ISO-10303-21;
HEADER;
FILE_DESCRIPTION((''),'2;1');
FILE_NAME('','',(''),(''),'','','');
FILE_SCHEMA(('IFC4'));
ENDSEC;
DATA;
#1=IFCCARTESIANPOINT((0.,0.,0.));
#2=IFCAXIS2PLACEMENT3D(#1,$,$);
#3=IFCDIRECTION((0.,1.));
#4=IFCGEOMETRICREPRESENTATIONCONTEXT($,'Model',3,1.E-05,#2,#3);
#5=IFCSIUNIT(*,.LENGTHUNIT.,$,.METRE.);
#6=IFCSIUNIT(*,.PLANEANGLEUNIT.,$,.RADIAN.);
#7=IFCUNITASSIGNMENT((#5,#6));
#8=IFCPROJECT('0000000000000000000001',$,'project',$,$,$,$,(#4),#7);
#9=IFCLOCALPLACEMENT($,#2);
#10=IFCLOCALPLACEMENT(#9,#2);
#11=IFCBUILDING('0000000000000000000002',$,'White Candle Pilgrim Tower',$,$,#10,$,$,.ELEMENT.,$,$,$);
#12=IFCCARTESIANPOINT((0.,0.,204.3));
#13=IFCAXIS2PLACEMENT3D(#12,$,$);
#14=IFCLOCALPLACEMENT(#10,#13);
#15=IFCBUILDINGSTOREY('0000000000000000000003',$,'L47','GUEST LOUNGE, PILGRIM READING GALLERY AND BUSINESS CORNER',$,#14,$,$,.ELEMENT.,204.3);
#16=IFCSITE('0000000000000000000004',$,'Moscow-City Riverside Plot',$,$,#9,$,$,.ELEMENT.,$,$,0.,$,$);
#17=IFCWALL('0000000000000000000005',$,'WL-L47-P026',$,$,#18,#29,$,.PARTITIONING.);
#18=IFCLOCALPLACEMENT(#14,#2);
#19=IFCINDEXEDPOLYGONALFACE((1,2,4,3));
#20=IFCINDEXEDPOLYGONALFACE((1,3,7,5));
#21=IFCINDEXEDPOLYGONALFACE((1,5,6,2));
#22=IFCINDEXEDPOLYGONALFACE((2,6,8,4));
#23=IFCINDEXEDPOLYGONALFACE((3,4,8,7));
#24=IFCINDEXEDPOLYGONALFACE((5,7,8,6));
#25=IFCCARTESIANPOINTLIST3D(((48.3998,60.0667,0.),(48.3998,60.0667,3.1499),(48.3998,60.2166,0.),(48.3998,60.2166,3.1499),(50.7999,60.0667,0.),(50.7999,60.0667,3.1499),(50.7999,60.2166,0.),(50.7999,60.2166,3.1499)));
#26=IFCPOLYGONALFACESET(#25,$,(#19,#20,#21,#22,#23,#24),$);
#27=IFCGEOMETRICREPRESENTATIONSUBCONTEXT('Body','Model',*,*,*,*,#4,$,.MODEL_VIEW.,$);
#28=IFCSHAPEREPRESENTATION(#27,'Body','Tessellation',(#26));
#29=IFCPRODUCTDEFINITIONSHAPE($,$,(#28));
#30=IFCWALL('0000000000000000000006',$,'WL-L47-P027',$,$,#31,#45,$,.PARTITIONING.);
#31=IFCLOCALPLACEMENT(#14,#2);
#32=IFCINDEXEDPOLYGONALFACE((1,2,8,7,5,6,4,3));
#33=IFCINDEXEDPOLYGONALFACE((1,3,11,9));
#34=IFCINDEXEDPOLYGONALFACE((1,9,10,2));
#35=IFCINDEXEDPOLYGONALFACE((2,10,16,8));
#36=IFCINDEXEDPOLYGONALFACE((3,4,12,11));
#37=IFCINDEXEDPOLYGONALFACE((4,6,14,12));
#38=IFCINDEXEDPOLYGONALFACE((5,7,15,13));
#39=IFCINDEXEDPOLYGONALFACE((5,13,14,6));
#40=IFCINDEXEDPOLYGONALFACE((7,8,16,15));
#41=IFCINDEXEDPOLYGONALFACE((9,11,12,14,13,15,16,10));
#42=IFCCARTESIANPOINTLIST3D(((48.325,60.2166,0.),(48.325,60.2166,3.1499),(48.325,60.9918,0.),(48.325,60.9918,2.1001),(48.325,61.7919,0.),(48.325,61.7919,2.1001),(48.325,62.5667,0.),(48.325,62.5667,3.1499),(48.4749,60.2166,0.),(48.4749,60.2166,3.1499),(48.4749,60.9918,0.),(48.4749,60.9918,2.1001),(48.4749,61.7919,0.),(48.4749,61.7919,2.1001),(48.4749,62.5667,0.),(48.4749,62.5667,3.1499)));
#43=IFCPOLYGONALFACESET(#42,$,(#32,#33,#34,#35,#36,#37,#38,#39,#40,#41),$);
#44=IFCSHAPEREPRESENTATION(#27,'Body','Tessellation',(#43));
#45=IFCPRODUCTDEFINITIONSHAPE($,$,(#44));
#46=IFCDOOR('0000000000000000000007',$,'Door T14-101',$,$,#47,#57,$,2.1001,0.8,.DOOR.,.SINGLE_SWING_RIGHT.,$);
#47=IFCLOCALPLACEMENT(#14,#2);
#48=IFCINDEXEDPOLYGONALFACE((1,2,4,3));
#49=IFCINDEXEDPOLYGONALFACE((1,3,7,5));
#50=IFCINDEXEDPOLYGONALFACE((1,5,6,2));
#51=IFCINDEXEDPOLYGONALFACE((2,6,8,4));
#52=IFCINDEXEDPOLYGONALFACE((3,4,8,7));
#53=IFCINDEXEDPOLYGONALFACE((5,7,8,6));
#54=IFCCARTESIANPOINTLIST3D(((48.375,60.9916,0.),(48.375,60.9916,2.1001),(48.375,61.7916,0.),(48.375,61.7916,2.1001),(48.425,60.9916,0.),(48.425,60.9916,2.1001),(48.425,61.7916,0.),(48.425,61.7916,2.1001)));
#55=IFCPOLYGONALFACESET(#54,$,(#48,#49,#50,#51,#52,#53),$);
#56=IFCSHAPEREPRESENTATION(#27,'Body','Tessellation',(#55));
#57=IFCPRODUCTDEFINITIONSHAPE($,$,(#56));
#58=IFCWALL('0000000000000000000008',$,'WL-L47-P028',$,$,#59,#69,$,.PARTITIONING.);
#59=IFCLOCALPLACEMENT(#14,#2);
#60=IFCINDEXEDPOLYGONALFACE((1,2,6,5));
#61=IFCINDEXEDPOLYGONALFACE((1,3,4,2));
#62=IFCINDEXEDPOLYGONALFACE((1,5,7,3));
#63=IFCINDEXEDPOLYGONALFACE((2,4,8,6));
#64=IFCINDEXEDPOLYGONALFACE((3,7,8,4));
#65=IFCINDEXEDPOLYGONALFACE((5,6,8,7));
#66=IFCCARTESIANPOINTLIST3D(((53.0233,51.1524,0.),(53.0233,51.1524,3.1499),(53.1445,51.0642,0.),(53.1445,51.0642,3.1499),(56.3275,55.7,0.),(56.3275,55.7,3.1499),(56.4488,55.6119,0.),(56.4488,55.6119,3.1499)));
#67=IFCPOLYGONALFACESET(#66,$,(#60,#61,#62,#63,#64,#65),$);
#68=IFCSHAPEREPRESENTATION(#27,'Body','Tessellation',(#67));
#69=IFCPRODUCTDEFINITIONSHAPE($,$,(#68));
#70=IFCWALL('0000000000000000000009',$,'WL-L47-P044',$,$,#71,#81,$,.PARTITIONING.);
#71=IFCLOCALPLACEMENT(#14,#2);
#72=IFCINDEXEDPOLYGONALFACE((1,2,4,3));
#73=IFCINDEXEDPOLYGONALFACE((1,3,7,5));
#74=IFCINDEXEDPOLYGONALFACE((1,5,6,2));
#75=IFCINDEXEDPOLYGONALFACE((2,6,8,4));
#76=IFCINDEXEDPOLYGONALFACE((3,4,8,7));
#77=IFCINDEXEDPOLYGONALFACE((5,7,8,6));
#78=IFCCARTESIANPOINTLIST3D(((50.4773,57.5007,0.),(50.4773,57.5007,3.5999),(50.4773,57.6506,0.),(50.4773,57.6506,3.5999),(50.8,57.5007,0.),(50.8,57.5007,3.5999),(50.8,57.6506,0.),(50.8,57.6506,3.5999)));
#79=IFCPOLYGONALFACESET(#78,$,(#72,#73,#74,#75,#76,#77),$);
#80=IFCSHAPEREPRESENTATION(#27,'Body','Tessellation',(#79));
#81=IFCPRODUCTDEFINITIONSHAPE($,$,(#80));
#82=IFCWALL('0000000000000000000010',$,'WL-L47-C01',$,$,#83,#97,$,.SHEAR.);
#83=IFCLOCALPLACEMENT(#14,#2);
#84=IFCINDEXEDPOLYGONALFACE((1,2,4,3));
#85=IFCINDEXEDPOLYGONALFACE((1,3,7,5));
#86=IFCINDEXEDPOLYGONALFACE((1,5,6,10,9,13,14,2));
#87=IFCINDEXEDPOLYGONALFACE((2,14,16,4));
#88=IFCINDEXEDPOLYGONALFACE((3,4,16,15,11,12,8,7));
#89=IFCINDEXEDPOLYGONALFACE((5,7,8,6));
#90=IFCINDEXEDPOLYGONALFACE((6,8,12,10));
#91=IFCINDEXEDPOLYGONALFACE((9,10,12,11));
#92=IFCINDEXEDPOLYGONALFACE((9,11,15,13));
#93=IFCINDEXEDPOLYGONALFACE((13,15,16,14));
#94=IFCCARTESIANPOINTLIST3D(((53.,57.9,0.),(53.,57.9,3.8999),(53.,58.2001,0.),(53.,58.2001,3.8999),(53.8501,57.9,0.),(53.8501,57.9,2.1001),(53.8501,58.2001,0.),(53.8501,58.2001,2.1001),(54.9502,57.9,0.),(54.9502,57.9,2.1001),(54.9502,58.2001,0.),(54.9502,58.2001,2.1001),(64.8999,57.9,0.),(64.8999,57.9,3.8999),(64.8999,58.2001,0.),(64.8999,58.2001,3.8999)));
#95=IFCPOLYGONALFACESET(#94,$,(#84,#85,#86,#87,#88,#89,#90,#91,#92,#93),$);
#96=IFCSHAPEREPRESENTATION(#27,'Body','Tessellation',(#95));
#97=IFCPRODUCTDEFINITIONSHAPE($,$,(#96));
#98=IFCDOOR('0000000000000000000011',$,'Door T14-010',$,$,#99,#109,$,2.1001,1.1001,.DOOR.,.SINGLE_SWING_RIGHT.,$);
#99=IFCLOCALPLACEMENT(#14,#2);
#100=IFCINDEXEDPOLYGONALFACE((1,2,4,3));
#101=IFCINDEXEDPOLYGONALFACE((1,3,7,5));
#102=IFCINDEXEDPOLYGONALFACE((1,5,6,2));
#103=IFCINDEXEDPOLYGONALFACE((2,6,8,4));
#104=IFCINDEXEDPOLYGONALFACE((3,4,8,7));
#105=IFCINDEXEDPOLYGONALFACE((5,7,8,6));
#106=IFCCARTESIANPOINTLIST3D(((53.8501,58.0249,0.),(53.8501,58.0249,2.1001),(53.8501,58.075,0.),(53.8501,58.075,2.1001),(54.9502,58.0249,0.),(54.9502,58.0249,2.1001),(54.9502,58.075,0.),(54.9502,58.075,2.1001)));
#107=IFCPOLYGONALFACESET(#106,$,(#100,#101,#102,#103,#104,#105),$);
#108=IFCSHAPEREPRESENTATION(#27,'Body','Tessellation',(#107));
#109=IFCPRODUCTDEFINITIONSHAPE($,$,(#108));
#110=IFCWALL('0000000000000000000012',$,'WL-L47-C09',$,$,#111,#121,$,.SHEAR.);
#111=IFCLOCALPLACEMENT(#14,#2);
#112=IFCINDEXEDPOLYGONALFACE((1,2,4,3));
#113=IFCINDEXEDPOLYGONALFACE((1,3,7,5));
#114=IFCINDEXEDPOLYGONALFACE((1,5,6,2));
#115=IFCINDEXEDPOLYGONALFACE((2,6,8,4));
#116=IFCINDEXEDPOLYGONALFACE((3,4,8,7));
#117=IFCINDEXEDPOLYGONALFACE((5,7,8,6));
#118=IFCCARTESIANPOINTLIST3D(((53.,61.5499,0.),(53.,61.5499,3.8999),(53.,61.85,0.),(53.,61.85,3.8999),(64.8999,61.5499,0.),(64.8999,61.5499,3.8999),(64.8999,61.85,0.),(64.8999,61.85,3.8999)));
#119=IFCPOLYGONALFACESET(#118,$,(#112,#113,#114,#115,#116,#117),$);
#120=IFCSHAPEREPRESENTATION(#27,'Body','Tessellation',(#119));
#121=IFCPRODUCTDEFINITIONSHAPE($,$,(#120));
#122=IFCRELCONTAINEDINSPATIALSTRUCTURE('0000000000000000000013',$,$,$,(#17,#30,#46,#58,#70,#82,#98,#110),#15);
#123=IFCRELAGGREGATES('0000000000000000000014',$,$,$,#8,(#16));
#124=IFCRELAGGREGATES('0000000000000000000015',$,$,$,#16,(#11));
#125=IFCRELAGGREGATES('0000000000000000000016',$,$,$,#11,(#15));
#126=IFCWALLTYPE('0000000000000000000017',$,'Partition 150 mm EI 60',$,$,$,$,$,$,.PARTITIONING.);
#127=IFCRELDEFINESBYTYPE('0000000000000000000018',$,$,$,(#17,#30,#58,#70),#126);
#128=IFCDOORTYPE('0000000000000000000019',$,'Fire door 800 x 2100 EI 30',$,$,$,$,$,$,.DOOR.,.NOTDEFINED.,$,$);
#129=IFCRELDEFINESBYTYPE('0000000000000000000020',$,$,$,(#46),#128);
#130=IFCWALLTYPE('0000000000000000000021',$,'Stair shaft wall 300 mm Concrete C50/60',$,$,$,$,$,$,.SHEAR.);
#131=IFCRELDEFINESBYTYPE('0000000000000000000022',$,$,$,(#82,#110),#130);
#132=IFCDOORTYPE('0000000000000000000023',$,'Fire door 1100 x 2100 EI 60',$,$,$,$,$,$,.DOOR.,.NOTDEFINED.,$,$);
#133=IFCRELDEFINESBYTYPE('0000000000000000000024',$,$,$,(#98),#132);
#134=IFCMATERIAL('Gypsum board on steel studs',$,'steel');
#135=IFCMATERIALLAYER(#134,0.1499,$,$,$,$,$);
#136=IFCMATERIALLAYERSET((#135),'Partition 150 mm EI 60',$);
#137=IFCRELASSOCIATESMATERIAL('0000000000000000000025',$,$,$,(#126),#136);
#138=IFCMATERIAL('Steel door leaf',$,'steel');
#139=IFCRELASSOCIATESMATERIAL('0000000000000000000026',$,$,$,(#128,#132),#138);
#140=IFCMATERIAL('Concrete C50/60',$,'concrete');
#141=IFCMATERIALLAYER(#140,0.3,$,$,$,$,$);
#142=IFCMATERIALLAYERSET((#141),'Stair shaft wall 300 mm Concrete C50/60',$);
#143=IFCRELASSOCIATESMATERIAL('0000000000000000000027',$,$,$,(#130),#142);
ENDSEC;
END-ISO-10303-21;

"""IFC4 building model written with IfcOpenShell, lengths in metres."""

from ifc_helpers import new_model, si_unit, direction, frame, frame_2d, origin, place, context, subcontext, project, spatial, rectangle, extrude, material, layer, layer_set, type_object, element, fill, save


model = new_model("IFC4")

# Units and contexts
model_context = context("Model", 3, precision=1e-05, world=origin(), true_north=direction((0.0, 1.0)))
body_context = subcontext(model_context, "Body", "Model", "MODEL_VIEW")
ifc_project = project(units=[si_unit("LENGTHUNIT", "METRE"), si_unit("PLANEANGLEUNIT", "RADIAN")], contexts=[model_context])

# Site, building, storey
site_placement = place(None, origin())
site = spatial("IfcSite", under=ifc_project, at=site_placement, Name="Moscow-City Riverside Plot", CompositionType="ELEMENT", RefElevation=0.0)
building_placement = place(site_placement, origin())
building = spatial("IfcBuilding", under=site, at=building_placement, Name="White Candle Pilgrim Tower", CompositionType="ELEMENT")
storey_placement = place(building_placement, frame((0.0, 0.0, 204.3)))
storey = spatial("IfcBuildingStorey", under=building, at=storey_placement, Name="L47", Description="GUEST LOUNGE, PILGRIM READING GALLERY AND BUSINESS CORNER", CompositionType="ELEMENT", Elevation=204.3)

# Shared definitions
ifc_material_1 = material(Name="Concrete C50/60", Category="concrete")

# Shared definitions
ifc_material_2 = material(Name="Gypsum board on steel studs", Category="steel")
ifc_material_3 = material(Name="Steel door leaf", Category="steel")

# Wall
ifc_layer_1 = layer(ifc_material_2, 0.1499)
ifc_layer_set_1 = layer_set([ifc_layer_1], Name="Partition 150 mm EI 60")
wall_type_1 = type_object("IfcWallType", Name="Partition 150 mm EI 60", PredefinedType="PARTITIONING", material=ifc_layer_set_1)
wall_1_placement = place(storey_placement, frame((50.8, 60.1416, 0.0), z_axis=(0.0, 0.0, 1.0), x_axis=(-1.0, 0.0, 0.0)))
element("IfcWall", 1, at=wall_1_placement, inside=storey, type_object=wall_type_1, Name="WL-L47-P026", PredefinedType="PARTITIONING", context=body_context, shape_type="SweptSolid", body=[
    extrude(rectangle(XDim=2.4001, YDim=0.1499, at=frame_2d((1.2002, 0.0))), origin(), (0.0, 0.0, 1.0), 3.1499),
])

# Wall, opening, door
wall_2_placement = place(storey_placement, frame((48.3999, 62.5667, 0.0), z_axis=(0.0, 0.0, 1.0), x_axis=(0.0, -1.0, 0.0)))
wall_2 = element("IfcWall", 2, at=wall_2_placement, inside=storey, type_object=wall_type_1, Name="WL-L47-P027", PredefinedType="PARTITIONING", context=body_context, shape_type="SweptSolid", body=[
    extrude(rectangle(XDim=2.3501, YDim=0.1499, at=frame_2d((1.175, 0.0))), origin(), (0.0, 0.0, 1.0), 3.1499),
])
opening_1_placement = place(wall_2_placement, frame((0.7749, 0.0, 0.0)))
opening_1 = element("IfcOpeningElement", 3, at=opening_1_placement, cuts=wall_2, PredefinedType="OPENING", context=body_context, shape_type="SweptSolid", body=[
    extrude(rectangle(XDim=0.8, YDim=2.1001, at=frame_2d((0.3999, 1.05))), frame((0.0, 0.085, 0.0), z_axis=(0.0, -1.0, 0.0), x_axis=(1.0, 0.0, 0.0)), (0.0, 0.0, 1.0), 0.1699),
])
door_type_1 = type_object("IfcDoorType", Name="Fire door 800 x 2100 EI 30", OperationType="NOTDEFINED", PredefinedType="DOOR", material=ifc_material_3)
door_1_placement = place(opening_1_placement, frame((0.8, 0.0, 0.0), z_axis=(0.0, 0.0, 1.0), x_axis=(-1.0, 0.0, 0.0)))
door_1 = element("IfcDoor", 4, at=door_1_placement, inside=storey, type_object=door_type_1, Name="Door T14-101", OperationType="SINGLE_SWING_RIGHT", OverallHeight=2.1001, OverallWidth=0.8, PredefinedType="DOOR", context=body_context, shape_type="SweptSolid", body=[
    extrude(rectangle(XDim=0.8, YDim=2.1001, at=frame_2d((0.3999, 1.05))), frame((0.0, 0.0249, 0.0), z_axis=(0.0, -1.0, 0.0), x_axis=(1.0, 0.0, 0.0)), (0.0, 0.0, 1.0), 0.05),
])
fill(opening_1, door_1)

# Walls
wall_3_placement = place(storey_placement, frame((53.084, 51.1084, 0.0), z_axis=(0.0, 0.0, 1.0), x_axis=(0.587805, 0.809003, 0.0)))
element("IfcWall", 5, at=wall_3_placement, inside=storey, type_object=wall_type_1, Name="WL-L47-P028", PredefinedType="PARTITIONING", context=body_context, shape_type="SweptSolid", body=[
    extrude(rectangle(XDim=5.6213, YDim=0.1499, at=frame_2d((2.8105, 0.0))), origin(), (0.0, 0.0, 1.0), 3.1499),
])
wall_4_placement = place(storey_placement, frame((50.4773, 57.5757, 0.0), z_axis=(0.0, 0.0, 1.0), x_axis=(1.0, 0.0, 0.0)))
element("IfcWall", 6, at=wall_4_placement, inside=storey, type_object=wall_type_1, Name="WL-L47-P044", PredefinedType="PARTITIONING", context=body_context, shape_type="SweptSolid", body=[
    extrude(rectangle(XDim=0.3228, YDim=0.1499, at=frame_2d((0.1614, 0.0))), origin(), (0.0, 0.0, 1.0), 3.5999),
])

# Wall, opening, door
ifc_layer_2 = layer(ifc_material_1, 0.3)
ifc_layer_set_2 = layer_set([ifc_layer_2], Name="Stair shaft wall 300 mm Concrete C50/60")
wall_type_2 = type_object("IfcWallType", Name="Stair shaft wall 300 mm Concrete C50/60", PredefinedType="SHEAR", material=ifc_layer_set_2)
wall_5_placement = place(storey_placement, frame((53.0, 58.05, 0.0), z_axis=(0.0, 0.0, 1.0), x_axis=(1.0, 0.0, 0.0)))
wall_5 = element("IfcWall", 7, at=wall_5_placement, inside=storey, type_object=wall_type_2, Name="WL-L47-C01", PredefinedType="SHEAR", context=body_context, shape_type="SweptSolid", body=[
    extrude(rectangle(XDim=11.8999, YDim=0.3, at=frame_2d((5.95, 0.0))), origin(), (0.0, 0.0, 1.0), 3.8999),
])
opening_2_placement = place(wall_5_placement, frame((0.8501, 0.0, 0.0)))
opening_2 = element("IfcOpeningElement", 8, at=opening_2_placement, cuts=wall_5, PredefinedType="OPENING", context=body_context, shape_type="SweptSolid", body=[
    extrude(rectangle(XDim=1.1001, YDim=2.1001, at=frame_2d((0.55, 1.05))), frame((0.0, 0.1599, 0.0), z_axis=(0.0, -1.0, 0.0), x_axis=(1.0, 0.0, 0.0)), (0.0, 0.0, 1.0), 0.3201),
])
door_type_2 = type_object("IfcDoorType", Name="Fire door 1100 x 2100 EI 60", OperationType="NOTDEFINED", PredefinedType="DOOR", material=ifc_material_3)
door_2_placement = place(opening_2_placement, origin())
door_2 = element("IfcDoor", 9, at=door_2_placement, inside=storey, type_object=door_type_2, Name="Door T14-010", OperationType="SINGLE_SWING_RIGHT", OverallHeight=2.1001, OverallWidth=1.1001, PredefinedType="DOOR", context=body_context, shape_type="SweptSolid", body=[
    extrude(rectangle(XDim=1.1001, YDim=2.1001, at=frame_2d((0.55, 1.05))), frame((0.0, 0.0249, 0.0), z_axis=(0.0, -1.0, 0.0), x_axis=(1.0, 0.0, 0.0)), (0.0, 0.0, 1.0), 0.05),
])
fill(opening_2, door_2)

# Wall
wall_6_placement = place(storey_placement, frame((53.0, 61.7, 0.0), z_axis=(0.0, 0.0, 1.0), x_axis=(1.0, 0.0, 0.0)))
element("IfcWall", 10, at=wall_6_placement, inside=storey, type_object=wall_type_2, Name="WL-L47-C09", PredefinedType="SHEAR", context=body_context, shape_type="SweptSolid", body=[
    extrude(rectangle(XDim=11.8999, YDim=0.3, at=frame_2d((5.95, 0.0))), origin(), (0.0, 0.0, 1.0), 3.8999),
])

save(model, "model.ifc")
